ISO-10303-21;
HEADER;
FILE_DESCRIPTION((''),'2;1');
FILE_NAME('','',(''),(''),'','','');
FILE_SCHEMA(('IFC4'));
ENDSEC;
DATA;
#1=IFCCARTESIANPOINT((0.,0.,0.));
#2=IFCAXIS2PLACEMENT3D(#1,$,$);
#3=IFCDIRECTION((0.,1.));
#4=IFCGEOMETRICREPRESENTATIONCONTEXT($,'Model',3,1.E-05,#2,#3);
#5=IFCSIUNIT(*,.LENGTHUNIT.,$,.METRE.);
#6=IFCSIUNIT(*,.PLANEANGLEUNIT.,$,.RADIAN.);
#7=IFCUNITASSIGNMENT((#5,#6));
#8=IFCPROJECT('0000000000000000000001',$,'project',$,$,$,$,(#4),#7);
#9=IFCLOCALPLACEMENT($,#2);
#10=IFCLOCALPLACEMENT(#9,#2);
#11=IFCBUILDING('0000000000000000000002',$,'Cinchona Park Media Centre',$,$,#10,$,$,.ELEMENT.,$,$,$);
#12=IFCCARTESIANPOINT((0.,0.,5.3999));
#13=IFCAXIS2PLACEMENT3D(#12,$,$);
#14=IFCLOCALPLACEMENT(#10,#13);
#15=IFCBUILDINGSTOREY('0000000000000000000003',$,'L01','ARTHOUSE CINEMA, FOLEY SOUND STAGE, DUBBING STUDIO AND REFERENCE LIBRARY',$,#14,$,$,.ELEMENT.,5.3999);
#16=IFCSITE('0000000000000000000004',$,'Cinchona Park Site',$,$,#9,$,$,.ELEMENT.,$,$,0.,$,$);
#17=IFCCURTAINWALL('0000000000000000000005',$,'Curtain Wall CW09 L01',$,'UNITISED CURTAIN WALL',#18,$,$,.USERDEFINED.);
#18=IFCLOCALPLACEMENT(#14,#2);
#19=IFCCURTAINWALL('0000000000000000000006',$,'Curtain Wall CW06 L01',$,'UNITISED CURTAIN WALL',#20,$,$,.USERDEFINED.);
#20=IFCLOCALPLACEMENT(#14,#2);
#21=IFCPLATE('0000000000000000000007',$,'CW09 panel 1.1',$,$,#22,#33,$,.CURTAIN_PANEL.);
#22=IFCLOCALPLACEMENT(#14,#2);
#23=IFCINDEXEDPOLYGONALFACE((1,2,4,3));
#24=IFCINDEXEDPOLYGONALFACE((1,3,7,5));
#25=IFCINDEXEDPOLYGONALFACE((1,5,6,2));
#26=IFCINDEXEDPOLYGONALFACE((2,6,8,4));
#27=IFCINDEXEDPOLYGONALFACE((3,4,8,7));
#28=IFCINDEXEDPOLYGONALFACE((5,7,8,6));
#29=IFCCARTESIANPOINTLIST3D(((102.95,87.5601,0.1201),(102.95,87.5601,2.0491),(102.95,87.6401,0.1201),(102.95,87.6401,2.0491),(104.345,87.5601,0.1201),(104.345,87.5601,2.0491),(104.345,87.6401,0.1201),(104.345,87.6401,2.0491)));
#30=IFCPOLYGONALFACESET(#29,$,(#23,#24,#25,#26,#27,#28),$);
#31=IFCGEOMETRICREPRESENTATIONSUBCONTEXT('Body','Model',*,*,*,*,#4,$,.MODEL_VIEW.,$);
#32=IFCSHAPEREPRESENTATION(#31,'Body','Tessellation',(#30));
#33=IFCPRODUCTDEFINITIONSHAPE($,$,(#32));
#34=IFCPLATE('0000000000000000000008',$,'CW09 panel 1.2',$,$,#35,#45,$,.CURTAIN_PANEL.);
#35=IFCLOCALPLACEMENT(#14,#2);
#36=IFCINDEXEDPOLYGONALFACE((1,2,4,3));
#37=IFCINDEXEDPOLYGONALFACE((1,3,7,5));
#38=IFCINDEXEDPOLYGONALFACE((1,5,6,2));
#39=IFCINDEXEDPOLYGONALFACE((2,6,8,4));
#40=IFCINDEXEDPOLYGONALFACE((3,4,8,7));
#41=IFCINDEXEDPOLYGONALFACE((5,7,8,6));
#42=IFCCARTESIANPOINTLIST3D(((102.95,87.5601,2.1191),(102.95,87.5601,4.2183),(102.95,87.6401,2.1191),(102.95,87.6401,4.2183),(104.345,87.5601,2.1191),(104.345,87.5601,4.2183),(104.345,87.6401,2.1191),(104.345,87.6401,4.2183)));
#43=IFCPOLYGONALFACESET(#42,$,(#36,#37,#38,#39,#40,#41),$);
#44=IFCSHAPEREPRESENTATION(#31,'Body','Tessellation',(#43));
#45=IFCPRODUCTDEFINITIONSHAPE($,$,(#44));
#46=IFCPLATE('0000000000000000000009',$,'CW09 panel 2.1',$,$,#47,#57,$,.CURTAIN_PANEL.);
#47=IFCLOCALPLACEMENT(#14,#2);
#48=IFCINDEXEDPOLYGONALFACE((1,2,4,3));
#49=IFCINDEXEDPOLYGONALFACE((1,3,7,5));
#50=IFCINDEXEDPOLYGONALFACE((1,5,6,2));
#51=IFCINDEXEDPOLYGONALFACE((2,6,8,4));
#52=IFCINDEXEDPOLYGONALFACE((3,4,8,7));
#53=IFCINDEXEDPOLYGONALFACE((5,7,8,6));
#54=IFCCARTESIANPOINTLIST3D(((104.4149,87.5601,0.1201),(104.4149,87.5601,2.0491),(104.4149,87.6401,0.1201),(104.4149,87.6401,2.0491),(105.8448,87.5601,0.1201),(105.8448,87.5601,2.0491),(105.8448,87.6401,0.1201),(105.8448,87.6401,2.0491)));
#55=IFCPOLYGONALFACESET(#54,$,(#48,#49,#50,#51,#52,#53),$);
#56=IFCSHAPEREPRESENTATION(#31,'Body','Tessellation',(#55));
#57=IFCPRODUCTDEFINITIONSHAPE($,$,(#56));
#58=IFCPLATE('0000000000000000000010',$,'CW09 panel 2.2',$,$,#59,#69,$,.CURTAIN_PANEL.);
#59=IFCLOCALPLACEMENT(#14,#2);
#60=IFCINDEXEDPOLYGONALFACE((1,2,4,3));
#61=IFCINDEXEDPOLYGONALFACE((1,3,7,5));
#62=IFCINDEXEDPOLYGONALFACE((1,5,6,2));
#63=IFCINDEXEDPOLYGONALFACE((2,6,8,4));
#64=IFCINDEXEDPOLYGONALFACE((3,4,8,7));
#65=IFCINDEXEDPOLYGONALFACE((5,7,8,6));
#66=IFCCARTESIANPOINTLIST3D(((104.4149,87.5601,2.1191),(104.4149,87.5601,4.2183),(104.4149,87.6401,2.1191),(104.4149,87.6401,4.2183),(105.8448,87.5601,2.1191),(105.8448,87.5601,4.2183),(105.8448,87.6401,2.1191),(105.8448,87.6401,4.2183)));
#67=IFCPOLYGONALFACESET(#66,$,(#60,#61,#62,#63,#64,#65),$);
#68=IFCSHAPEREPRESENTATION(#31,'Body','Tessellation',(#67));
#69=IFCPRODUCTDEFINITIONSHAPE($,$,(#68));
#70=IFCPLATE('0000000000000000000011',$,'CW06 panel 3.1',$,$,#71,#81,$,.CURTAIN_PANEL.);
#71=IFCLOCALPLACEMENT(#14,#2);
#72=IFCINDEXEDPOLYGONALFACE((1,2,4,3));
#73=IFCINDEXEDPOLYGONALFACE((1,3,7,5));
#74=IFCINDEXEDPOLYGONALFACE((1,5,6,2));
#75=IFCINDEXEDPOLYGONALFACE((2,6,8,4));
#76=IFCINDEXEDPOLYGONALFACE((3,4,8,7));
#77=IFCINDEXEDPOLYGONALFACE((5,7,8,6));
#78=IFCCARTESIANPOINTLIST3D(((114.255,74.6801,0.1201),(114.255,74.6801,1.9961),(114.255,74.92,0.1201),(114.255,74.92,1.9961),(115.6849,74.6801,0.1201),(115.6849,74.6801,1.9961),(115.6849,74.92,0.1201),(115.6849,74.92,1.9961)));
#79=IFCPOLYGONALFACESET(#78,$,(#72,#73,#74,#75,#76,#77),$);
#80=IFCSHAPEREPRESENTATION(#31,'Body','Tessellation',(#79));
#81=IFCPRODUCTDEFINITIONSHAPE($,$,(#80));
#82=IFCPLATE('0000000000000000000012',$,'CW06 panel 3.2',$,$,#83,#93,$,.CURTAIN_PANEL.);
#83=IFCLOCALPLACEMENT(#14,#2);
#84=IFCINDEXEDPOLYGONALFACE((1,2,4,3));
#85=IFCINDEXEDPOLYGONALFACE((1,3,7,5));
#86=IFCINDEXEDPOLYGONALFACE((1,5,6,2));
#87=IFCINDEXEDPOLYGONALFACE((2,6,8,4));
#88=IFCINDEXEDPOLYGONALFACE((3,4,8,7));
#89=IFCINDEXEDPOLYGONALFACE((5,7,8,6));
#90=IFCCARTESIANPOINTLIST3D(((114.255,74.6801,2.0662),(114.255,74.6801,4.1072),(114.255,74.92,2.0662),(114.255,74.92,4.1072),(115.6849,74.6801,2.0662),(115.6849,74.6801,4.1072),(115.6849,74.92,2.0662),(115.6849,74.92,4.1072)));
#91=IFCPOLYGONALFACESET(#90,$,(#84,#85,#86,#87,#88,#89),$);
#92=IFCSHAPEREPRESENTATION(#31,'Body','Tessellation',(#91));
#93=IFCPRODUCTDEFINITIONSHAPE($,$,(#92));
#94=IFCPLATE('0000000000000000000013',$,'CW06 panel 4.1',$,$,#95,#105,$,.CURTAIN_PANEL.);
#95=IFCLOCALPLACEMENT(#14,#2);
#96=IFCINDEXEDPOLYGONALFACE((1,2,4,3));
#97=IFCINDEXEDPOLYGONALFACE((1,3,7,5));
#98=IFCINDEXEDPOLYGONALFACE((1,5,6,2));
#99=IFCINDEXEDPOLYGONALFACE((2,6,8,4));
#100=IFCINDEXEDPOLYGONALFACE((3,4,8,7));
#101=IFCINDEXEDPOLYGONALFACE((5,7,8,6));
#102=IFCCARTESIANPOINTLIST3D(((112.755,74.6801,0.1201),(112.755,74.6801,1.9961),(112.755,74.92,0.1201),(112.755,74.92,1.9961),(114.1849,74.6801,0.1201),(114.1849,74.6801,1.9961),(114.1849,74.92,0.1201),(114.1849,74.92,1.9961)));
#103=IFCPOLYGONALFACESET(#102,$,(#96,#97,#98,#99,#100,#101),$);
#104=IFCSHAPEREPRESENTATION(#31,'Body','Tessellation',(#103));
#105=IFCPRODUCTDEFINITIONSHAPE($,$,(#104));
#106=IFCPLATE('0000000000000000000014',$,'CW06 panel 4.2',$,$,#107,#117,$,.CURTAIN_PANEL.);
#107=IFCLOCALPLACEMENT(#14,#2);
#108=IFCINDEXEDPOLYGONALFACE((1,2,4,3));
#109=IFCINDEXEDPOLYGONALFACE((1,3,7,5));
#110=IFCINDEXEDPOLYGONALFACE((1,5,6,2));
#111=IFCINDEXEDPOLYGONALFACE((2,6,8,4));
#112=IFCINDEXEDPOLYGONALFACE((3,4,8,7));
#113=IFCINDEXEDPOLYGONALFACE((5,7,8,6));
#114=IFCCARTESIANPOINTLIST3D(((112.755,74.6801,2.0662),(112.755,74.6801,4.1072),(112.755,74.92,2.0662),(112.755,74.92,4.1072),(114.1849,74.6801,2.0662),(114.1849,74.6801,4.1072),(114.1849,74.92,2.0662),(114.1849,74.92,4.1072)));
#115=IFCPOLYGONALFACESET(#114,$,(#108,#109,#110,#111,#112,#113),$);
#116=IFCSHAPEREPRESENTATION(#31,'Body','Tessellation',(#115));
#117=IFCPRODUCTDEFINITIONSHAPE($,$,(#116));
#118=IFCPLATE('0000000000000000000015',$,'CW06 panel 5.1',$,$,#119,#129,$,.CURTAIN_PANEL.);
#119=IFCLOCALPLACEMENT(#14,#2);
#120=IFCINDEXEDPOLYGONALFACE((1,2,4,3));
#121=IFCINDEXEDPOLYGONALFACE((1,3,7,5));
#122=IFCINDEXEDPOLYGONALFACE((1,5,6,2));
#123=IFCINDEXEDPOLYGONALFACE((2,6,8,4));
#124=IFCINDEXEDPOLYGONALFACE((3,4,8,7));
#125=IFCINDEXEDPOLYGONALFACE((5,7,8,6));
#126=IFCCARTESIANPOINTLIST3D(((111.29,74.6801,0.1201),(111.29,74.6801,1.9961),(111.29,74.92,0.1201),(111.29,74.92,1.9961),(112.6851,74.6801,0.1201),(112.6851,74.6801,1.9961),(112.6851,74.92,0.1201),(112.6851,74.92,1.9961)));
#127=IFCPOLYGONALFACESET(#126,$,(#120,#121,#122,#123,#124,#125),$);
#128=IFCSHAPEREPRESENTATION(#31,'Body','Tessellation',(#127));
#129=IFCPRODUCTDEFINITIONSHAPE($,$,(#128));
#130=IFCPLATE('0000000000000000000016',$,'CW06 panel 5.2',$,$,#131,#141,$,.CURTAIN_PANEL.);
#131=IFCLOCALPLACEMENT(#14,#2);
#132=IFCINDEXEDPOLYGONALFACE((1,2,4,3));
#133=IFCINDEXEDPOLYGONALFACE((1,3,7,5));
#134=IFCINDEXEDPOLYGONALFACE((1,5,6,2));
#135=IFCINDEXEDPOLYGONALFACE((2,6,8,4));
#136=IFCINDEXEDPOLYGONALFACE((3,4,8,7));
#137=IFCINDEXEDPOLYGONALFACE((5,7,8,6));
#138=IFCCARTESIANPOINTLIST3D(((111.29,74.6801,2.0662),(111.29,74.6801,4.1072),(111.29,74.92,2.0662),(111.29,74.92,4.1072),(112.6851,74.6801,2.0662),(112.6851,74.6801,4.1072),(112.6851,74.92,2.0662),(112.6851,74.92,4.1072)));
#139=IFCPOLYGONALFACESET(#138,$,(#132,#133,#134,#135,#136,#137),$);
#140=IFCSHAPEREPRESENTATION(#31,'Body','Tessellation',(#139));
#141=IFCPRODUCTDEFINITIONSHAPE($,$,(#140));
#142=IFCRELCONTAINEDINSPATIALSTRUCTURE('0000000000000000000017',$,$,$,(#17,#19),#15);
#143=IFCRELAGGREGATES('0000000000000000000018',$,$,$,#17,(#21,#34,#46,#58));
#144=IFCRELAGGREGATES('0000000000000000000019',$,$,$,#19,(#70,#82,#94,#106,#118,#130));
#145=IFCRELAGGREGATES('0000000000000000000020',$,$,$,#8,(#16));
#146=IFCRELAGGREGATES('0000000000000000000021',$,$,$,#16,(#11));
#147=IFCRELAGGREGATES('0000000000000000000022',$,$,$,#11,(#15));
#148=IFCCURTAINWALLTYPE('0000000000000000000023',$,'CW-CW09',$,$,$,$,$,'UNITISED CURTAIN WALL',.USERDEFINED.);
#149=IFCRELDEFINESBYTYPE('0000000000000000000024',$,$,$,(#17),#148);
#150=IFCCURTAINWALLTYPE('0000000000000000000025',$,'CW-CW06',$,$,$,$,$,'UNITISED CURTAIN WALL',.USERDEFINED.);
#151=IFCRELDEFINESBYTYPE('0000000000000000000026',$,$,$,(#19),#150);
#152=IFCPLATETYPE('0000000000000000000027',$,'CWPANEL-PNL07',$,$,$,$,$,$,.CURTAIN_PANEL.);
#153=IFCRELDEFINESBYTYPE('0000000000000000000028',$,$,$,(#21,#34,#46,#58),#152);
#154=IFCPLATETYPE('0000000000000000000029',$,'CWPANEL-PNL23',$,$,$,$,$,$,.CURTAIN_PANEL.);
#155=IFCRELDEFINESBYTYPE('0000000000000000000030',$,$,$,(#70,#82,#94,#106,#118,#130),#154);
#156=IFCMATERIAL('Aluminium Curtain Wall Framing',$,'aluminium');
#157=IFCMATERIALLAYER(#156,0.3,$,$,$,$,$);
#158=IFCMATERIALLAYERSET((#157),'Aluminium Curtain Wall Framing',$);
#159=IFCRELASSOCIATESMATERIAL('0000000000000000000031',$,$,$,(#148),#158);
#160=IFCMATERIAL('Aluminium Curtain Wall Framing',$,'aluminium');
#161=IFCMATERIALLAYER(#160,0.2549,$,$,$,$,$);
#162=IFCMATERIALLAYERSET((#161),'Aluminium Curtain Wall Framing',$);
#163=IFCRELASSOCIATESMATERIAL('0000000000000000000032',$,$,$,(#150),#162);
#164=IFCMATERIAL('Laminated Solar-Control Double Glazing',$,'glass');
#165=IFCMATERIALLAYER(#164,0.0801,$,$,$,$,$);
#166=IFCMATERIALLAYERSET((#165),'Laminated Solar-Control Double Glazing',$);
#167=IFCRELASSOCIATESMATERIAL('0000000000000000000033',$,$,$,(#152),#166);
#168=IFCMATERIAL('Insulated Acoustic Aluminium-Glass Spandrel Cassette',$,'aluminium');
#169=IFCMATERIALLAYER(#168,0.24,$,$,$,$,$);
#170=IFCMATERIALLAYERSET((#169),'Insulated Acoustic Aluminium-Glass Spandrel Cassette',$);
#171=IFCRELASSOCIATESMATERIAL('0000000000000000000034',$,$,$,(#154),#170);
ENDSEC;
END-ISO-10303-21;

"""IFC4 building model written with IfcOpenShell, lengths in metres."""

from ifc_helpers import new_model, si_unit, direction, frame, origin, origin_2d, place, context, subcontext, project, spatial, rectangle, extrude, material, layer, layer_set, type_object, element, aggregate, save


model = new_model("IFC4")

# Units and contexts
model_context = context("Model", 3, precision=1e-05, world=origin(), true_north=direction((0.0, 1.0)))
body_context = subcontext(model_context, "Body", "Model", "MODEL_VIEW")
ifc_project = project(units=[si_unit("LENGTHUNIT", "METRE"), si_unit("PLANEANGLEUNIT", "RADIAN")], contexts=[model_context])

# Site, building, storey
site_placement = place(None, origin())
site = spatial("IfcSite", under=ifc_project, at=site_placement, Name="Cinchona Park Site", CompositionType="ELEMENT", RefElevation=0.0)
building_placement = place(site_placement, origin())
building = spatial("IfcBuilding", under=site, at=building_placement, Name="Cinchona Park Media Centre", CompositionType="ELEMENT")
storey_placement = place(building_placement, frame((0.0, 0.0, 5.3999)))
storey = spatial("IfcBuildingStorey", under=building, at=storey_placement, Name="L01", Description="ARTHOUSE CINEMA, FOLEY SOUND STAGE, DUBBING STUDIO AND REFERENCE LIBRARY", CompositionType="ELEMENT", Elevation=5.3999)

# Curtain walls
ifc_material_1 = material(Name="Aluminium Curtain Wall Framing", Category="aluminium")
ifc_layer_1 = layer(ifc_material_1, 0.3)
ifc_layer_set_1 = layer_set([ifc_layer_1], Name="Aluminium Curtain Wall Framing")
curtain_wall_type_1 = type_object("IfcCurtainWallType", Name="CW-CW09", ElementType="UNITISED CURTAIN WALL", PredefinedType="USERDEFINED", material=ifc_layer_set_1)
curtain_wall_1_placement = place(storey_placement, origin())
curtain_wall_1 = element("IfcCurtainWall", 1, at=curtain_wall_1_placement, inside=storey, type_object=curtain_wall_type_1, Name="Curtain Wall CW09 L01", ObjectType="UNITISED CURTAIN WALL", PredefinedType="USERDEFINED")
ifc_material_2 = material(Name="Aluminium Curtain Wall Framing", Category="aluminium")
ifc_layer_2 = layer(ifc_material_2, 0.2549)
ifc_layer_set_2 = layer_set([ifc_layer_2], Name="Aluminium Curtain Wall Framing")
curtain_wall_type_2 = type_object("IfcCurtainWallType", Name="CW-CW06", ElementType="UNITISED CURTAIN WALL", PredefinedType="USERDEFINED", material=ifc_layer_set_2)
curtain_wall_2_placement = place(storey_placement, origin())
curtain_wall_2 = element("IfcCurtainWall", 2, at=curtain_wall_2_placement, inside=storey, type_object=curtain_wall_type_2, Name="Curtain Wall CW06 L01", ObjectType="UNITISED CURTAIN WALL", PredefinedType="USERDEFINED")

# Plates
ifc_material_3 = material(Name="Laminated Solar-Control Double Glazing", Category="glass")
ifc_layer_3 = layer(ifc_material_3, 0.0801)
ifc_layer_set_3 = layer_set([ifc_layer_3], Name="Laminated Solar-Control Double Glazing")
plate_type_1 = type_object("IfcPlateType", Name="CWPANEL-PNL07", PredefinedType="CURTAIN_PANEL", material=ifc_layer_set_3)
plate_1_placement = place(storey_placement, frame((103.6475, 87.6001, 0.1201), z_axis=(0.0, 0.0, 1.0), x_axis=(1.0, 0.0, 0.0)))
plate_1 = element("IfcPlate", 3, at=plate_1_placement, type_object=plate_type_1, Name="CW09 panel 1.1", PredefinedType="CURTAIN_PANEL", context=body_context, shape_type="SweptSolid", body=[
    extrude(rectangle(XDim=1.395, YDim=0.0801, at=origin_2d()), origin(), (0.0, 0.0, 1.0), 1.929),
])
plate_2_placement = place(storey_placement, frame((103.6475, 87.6001, 2.1191), z_axis=(0.0, 0.0, 1.0), x_axis=(1.0, 0.0, 0.0)))
plate_2 = element("IfcPlate", 4, at=plate_2_placement, type_object=plate_type_1, Name="CW09 panel 1.2", PredefinedType="CURTAIN_PANEL", context=body_context, shape_type="SweptSolid", body=[
    extrude(rectangle(XDim=1.395, YDim=0.0801, at=origin_2d()), origin(), (0.0, 0.0, 1.0), 2.0991),
])
plate_3_placement = place(storey_placement, frame((105.1299, 87.6001, 0.1201), z_axis=(0.0, 0.0, 1.0), x_axis=(1.0, 0.0, 0.0)))
plate_3 = element("IfcPlate", 5, at=plate_3_placement, type_object=plate_type_1, Name="CW09 panel 2.1", PredefinedType="CURTAIN_PANEL", context=body_context, shape_type="SweptSolid", body=[
    extrude(rectangle(XDim=1.4299, YDim=0.0801, at=origin_2d()), origin(), (0.0, 0.0, 1.0), 1.929),
])
plate_4_placement = place(storey_placement, frame((105.1299, 87.6001, 2.1191), z_axis=(0.0, 0.0, 1.0), x_axis=(1.0, 0.0, 0.0)))
plate_4 = element("IfcPlate", 6, at=plate_4_placement, type_object=plate_type_1, Name="CW09 panel 2.2", PredefinedType="CURTAIN_PANEL", context=body_context, shape_type="SweptSolid", body=[
    extrude(rectangle(XDim=1.4299, YDim=0.0801, at=origin_2d()), origin(), (0.0, 0.0, 1.0), 2.0991),
])
aggregate(curtain_wall_1, [plate_1, plate_2, plate_3, plate_4])
ifc_material_4 = material(Name="Insulated Acoustic Aluminium-Glass Spandrel Cassette", Category="aluminium")
ifc_layer_4 = layer(ifc_material_4, 0.24)
ifc_layer_set_4 = layer_set([ifc_layer_4], Name="Insulated Acoustic Aluminium-Glass Spandrel Cassette")
plate_type_2 = type_object("IfcPlateType", Name="CWPANEL-PNL23", PredefinedType="CURTAIN_PANEL", material=ifc_layer_set_4)
plate_5_placement = place(storey_placement, frame((114.97, 74.8, 0.1201), z_axis=(0.0, 0.0, 1.0), x_axis=(-1.0, 0.0, 0.0)))
plate_5 = element("IfcPlate", 7, at=plate_5_placement, type_object=plate_type_2, Name="CW06 panel 3.1", PredefinedType="CURTAIN_PANEL", context=body_context, shape_type="SweptSolid", body=[
    extrude(rectangle(XDim=1.4299, YDim=0.24, at=origin_2d()), origin(), (0.0, 0.0, 1.0), 1.876),
])
plate_6_placement = place(storey_placement, frame((114.97, 74.8, 2.0662), z_axis=(0.0, 0.0, 1.0), x_axis=(-1.0, 0.0, 0.0)))
plate_6 = element("IfcPlate", 8, at=plate_6_placement, type_object=plate_type_2, Name="CW06 panel 3.2", PredefinedType="CURTAIN_PANEL", context=body_context, shape_type="SweptSolid", body=[
    extrude(rectangle(XDim=1.4299, YDim=0.24, at=origin_2d()), origin(), (0.0, 0.0, 1.0), 2.041),
])
plate_7_placement = place(storey_placement, frame((113.47, 74.8, 0.1201), z_axis=(0.0, 0.0, 1.0), x_axis=(-1.0, 0.0, 0.0)))
plate_7 = element("IfcPlate", 9, at=plate_7_placement, type_object=plate_type_2, Name="CW06 panel 4.1", PredefinedType="CURTAIN_PANEL", context=body_context, shape_type="SweptSolid", body=[
    extrude(rectangle(XDim=1.4299, YDim=0.24, at=origin_2d()), origin(), (0.0, 0.0, 1.0), 1.876),
])
plate_8_placement = place(storey_placement, frame((113.47, 74.8, 2.0662), z_axis=(0.0, 0.0, 1.0), x_axis=(-1.0, 0.0, 0.0)))
plate_8 = element("IfcPlate", 10, at=plate_8_placement, type_object=plate_type_2, Name="CW06 panel 4.2", PredefinedType="CURTAIN_PANEL", context=body_context, shape_type="SweptSolid", body=[
    extrude(rectangle(XDim=1.4299, YDim=0.24, at=origin_2d()), origin(), (0.0, 0.0, 1.0), 2.041),
])
plate_9_placement = place(storey_placement, frame((111.9875, 74.8, 0.1201), z_axis=(0.0, 0.0, 1.0), x_axis=(-1.0, 0.0, 0.0)))
plate_9 = element("IfcPlate", 11, at=plate_9_placement, type_object=plate_type_2, Name="CW06 panel 5.1", PredefinedType="CURTAIN_PANEL", context=body_context, shape_type="SweptSolid", body=[
    extrude(rectangle(XDim=1.395, YDim=0.24, at=origin_2d()), origin(), (0.0, 0.0, 1.0), 1.876),
])
plate_10_placement = place(storey_placement, frame((111.9875, 74.8, 2.0662), z_axis=(0.0, 0.0, 1.0), x_axis=(-1.0, 0.0, 0.0)))
plate_10 = element("IfcPlate", 12, at=plate_10_placement, type_object=plate_type_2, Name="CW06 panel 5.2", PredefinedType="CURTAIN_PANEL", context=body_context, shape_type="SweptSolid", body=[
    extrude(rectangle(XDim=1.395, YDim=0.24, at=origin_2d()), origin(), (0.0, 0.0, 1.0), 2.041),
])
aggregate(curtain_wall_2, [plate_5, plate_6, plate_7, plate_8, plate_9, plate_10])

save(model, "model.ifc")
